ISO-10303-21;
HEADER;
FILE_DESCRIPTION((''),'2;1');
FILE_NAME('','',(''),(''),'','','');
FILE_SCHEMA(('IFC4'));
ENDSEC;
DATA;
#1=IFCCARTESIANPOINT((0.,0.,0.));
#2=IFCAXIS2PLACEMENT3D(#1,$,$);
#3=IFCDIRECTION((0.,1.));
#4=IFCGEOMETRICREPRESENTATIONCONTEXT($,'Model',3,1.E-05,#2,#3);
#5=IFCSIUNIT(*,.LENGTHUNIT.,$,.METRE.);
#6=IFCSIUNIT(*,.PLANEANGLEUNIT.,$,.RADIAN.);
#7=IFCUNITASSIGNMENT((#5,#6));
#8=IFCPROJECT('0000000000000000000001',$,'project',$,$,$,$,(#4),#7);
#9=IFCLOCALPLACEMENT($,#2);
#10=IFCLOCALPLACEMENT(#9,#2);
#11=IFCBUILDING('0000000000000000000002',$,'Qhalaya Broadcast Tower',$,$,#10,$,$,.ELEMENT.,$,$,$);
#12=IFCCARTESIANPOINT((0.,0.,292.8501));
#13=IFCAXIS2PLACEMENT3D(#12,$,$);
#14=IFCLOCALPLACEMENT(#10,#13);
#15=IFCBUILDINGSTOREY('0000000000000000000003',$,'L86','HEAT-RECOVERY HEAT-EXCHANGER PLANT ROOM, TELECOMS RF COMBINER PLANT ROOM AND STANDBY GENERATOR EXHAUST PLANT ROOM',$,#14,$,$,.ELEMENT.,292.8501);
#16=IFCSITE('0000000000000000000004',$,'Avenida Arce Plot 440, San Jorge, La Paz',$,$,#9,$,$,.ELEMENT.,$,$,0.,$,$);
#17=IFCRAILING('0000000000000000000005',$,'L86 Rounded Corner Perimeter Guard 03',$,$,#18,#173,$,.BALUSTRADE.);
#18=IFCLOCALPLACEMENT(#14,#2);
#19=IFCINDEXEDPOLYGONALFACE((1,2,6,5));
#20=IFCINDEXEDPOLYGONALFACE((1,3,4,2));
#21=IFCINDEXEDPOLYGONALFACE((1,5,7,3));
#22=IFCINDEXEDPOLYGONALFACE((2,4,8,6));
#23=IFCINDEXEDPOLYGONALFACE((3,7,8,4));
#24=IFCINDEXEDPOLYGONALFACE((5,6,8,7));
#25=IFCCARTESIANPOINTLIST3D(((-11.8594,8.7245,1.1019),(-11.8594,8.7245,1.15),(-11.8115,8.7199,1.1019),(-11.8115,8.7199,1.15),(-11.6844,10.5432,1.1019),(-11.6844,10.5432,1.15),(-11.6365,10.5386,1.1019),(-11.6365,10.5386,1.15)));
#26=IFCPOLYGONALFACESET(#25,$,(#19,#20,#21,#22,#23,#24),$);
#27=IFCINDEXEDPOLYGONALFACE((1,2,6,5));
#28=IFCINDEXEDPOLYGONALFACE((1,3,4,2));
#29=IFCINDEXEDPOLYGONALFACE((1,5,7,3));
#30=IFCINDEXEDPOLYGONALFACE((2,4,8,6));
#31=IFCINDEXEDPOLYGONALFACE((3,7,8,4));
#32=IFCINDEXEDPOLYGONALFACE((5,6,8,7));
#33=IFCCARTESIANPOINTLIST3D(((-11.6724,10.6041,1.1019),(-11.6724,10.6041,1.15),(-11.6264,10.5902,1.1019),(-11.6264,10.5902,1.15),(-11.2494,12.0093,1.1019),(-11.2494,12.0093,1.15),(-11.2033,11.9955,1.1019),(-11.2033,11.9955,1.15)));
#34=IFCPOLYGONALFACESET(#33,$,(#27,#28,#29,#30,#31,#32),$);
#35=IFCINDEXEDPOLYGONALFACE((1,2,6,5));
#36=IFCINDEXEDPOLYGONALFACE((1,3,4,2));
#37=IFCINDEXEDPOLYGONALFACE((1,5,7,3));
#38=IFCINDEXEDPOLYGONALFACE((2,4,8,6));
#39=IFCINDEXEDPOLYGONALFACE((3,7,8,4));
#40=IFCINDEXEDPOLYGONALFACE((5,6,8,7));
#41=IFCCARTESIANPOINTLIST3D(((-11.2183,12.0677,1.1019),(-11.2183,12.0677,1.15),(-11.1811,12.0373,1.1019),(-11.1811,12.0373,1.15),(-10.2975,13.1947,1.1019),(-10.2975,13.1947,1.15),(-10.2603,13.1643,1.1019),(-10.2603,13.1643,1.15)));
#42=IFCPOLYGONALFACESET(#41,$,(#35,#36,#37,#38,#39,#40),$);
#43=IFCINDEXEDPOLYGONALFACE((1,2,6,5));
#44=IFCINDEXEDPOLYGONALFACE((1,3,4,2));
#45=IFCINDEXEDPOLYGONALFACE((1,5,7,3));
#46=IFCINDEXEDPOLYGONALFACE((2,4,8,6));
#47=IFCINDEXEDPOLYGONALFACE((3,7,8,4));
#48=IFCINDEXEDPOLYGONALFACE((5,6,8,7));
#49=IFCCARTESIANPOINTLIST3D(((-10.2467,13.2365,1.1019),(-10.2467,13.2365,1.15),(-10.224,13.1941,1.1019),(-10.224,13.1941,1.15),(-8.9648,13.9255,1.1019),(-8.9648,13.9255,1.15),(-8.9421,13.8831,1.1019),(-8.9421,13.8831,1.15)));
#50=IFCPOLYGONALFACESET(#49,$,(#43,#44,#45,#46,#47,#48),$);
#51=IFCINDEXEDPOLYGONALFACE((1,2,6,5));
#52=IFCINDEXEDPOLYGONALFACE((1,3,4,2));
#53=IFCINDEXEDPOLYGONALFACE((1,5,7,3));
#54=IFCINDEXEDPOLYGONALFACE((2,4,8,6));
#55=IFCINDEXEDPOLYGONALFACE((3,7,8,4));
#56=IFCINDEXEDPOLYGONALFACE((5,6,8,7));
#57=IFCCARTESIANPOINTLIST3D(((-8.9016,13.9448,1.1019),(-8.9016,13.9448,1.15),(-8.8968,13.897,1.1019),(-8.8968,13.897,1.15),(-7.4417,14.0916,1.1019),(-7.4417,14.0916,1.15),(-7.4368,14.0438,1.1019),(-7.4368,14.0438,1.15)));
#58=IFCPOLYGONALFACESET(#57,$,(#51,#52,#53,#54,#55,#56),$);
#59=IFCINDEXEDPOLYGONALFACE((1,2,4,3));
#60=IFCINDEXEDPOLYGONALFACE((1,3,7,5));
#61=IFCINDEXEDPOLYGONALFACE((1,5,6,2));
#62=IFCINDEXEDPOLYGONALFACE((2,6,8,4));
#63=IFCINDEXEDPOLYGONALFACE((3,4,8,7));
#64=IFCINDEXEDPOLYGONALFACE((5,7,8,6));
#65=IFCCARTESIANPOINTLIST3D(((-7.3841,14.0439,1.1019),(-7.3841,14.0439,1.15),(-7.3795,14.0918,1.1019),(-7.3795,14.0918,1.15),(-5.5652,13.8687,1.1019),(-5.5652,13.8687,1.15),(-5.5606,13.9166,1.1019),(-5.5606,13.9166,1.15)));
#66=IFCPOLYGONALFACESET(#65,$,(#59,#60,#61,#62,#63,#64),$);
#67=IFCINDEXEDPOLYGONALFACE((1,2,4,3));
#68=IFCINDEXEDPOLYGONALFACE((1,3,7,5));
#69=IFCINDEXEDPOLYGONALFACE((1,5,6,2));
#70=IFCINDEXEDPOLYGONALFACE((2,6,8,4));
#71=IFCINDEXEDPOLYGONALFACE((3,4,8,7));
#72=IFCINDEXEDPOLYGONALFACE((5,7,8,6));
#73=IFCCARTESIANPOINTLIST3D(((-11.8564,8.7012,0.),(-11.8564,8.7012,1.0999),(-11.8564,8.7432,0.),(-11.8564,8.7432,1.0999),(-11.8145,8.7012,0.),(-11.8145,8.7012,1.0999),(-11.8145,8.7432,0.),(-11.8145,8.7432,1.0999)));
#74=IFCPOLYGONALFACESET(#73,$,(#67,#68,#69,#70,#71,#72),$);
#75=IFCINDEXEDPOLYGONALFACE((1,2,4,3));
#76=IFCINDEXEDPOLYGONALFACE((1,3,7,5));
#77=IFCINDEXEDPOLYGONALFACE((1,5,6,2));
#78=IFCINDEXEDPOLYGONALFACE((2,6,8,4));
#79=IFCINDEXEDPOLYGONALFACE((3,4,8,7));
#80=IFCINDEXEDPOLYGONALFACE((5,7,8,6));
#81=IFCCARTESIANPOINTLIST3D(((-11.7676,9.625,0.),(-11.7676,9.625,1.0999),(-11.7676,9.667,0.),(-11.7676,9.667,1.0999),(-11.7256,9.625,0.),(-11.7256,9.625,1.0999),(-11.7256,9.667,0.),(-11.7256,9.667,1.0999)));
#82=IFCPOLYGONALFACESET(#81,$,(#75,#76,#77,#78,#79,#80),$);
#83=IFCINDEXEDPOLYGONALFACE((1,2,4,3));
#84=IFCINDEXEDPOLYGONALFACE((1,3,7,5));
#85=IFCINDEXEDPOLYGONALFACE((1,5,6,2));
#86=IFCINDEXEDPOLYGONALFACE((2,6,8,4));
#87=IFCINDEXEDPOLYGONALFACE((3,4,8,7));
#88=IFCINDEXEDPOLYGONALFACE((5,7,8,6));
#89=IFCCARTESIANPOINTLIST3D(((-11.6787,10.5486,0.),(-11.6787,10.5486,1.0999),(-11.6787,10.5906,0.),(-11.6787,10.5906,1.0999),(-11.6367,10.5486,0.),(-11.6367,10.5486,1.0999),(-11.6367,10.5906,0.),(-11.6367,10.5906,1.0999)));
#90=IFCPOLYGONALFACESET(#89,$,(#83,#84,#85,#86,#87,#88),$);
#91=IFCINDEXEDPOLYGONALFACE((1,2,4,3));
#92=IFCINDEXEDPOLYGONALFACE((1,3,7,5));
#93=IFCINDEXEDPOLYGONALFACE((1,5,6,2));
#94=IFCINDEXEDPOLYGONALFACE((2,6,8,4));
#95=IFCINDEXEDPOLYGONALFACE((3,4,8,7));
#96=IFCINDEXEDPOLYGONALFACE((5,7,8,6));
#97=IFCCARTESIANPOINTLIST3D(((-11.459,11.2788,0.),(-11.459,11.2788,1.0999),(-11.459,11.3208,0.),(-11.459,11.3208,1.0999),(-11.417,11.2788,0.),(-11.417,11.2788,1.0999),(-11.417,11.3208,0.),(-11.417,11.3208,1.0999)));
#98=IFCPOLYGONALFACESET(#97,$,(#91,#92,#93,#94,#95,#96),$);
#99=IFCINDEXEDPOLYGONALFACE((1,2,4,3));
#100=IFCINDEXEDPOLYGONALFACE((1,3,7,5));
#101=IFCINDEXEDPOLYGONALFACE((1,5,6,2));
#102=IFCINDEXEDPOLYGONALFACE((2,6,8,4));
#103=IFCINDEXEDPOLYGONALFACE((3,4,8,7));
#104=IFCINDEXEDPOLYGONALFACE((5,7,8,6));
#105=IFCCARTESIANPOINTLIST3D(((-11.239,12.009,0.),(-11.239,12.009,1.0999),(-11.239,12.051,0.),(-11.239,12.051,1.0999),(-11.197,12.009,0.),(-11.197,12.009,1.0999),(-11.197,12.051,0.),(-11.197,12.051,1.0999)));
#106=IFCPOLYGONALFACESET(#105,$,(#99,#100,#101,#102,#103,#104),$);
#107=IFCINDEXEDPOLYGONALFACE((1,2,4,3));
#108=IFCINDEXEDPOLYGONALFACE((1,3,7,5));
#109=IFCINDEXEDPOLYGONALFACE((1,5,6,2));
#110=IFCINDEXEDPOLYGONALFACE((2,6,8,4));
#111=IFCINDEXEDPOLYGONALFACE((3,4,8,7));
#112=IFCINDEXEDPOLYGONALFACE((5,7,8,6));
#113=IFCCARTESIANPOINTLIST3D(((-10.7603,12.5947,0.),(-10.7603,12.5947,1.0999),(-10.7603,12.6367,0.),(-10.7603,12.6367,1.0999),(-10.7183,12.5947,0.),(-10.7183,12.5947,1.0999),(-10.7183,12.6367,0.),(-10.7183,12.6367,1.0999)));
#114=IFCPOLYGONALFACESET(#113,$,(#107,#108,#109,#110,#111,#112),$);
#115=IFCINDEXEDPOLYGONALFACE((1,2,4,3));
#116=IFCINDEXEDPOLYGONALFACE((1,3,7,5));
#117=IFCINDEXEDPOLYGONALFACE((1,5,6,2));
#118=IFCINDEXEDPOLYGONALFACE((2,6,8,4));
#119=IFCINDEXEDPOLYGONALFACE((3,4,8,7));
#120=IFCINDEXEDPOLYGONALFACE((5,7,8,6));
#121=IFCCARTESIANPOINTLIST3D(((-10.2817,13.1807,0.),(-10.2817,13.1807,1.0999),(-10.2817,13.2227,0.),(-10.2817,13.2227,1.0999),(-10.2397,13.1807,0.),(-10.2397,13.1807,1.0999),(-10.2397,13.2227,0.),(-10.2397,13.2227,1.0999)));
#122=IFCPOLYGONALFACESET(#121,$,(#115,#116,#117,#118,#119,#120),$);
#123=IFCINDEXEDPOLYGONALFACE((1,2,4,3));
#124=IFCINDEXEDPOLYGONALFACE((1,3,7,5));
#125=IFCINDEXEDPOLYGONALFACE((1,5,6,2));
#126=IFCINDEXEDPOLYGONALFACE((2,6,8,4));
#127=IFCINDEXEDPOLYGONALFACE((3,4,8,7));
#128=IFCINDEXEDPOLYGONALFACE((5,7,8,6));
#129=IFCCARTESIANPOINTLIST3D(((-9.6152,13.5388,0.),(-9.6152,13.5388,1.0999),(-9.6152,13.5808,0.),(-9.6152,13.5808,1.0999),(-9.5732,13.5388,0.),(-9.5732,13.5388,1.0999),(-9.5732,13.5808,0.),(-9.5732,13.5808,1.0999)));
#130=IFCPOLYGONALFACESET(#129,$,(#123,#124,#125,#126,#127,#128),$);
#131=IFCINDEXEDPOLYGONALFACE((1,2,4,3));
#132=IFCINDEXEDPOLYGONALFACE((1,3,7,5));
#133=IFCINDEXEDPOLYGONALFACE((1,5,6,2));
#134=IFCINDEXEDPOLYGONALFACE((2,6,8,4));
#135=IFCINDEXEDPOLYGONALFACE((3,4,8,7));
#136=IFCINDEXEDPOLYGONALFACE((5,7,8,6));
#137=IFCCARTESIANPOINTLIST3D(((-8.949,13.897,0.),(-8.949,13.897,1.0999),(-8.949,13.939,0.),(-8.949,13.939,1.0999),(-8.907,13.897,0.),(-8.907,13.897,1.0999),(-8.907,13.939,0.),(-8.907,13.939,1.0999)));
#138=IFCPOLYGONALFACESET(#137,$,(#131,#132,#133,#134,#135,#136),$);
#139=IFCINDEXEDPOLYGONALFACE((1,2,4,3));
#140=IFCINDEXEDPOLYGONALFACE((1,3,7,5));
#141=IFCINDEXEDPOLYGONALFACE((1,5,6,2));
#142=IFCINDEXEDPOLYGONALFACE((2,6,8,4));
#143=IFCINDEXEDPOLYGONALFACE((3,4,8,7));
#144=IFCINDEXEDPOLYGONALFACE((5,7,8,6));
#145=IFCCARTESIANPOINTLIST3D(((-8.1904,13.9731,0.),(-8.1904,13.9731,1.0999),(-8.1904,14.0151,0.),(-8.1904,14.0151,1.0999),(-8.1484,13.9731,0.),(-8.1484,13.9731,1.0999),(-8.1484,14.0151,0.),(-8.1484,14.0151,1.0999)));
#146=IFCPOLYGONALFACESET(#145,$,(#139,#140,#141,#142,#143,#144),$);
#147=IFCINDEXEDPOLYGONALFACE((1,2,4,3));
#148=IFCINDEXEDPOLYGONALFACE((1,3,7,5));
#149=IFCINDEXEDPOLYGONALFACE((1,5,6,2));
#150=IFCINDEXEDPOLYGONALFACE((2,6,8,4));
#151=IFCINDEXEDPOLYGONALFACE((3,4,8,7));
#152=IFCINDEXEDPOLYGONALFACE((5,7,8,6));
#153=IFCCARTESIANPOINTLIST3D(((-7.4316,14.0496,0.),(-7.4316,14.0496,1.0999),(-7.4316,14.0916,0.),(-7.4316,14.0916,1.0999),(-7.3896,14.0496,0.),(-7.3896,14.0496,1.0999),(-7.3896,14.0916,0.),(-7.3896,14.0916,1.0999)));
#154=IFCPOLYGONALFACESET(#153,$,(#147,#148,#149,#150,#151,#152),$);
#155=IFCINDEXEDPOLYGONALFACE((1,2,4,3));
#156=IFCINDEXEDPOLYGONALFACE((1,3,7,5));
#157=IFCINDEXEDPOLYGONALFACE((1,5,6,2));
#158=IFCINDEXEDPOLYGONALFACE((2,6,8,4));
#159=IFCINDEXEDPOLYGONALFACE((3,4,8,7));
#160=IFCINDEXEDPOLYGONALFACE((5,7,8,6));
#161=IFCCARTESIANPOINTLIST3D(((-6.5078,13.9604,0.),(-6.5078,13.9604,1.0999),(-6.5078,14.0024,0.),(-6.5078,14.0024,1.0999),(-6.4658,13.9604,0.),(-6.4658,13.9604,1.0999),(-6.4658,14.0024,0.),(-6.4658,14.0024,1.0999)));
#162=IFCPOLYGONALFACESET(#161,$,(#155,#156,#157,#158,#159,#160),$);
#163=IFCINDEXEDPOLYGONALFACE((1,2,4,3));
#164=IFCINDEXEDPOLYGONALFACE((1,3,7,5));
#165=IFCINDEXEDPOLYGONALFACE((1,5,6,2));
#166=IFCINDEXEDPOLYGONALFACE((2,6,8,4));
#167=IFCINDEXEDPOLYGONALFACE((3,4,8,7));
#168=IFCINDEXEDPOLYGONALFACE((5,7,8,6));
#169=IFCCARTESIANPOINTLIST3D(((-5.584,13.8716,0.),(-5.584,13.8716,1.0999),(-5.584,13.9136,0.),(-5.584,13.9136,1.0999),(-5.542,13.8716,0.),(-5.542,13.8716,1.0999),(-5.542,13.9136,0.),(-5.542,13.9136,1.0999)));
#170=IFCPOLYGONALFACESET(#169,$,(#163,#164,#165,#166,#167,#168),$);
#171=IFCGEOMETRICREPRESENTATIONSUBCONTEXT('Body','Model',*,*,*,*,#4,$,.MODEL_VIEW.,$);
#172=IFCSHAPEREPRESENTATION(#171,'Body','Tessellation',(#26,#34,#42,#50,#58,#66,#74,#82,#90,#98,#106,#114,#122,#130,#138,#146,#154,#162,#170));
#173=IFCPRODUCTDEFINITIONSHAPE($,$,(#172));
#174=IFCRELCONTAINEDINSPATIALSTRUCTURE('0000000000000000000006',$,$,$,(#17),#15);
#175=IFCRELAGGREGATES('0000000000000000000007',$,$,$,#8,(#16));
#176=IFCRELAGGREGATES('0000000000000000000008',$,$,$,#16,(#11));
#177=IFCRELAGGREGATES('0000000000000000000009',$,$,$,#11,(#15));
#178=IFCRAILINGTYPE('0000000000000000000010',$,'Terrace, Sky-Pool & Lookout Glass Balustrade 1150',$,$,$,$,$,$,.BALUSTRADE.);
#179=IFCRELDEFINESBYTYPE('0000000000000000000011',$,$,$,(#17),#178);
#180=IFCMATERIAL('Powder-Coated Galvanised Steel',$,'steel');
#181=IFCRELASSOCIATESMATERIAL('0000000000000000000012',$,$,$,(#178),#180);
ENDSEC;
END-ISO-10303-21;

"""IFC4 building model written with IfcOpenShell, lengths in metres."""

from ifc_helpers import new_model, si_unit, direction, frame, origin, origin_2d, place, context, subcontext, project, spatial, rectangle, extrude, material, type_object, element, save


model = new_model("IFC4")

# Units and contexts
model_context = context("Model", 3, precision=1e-05, world=origin(), true_north=direction((0.0, 1.0)))
body_context = subcontext(model_context, "Body", "Model", "MODEL_VIEW")
ifc_project = project(units=[si_unit("LENGTHUNIT", "METRE"), si_unit("PLANEANGLEUNIT", "RADIAN")], contexts=[model_context])

# Site, building, storey
site_placement = place(None, origin())
site = spatial("IfcSite", under=ifc_project, at=site_placement, Name="Avenida Arce Plot 440, San Jorge, La Paz", CompositionType="ELEMENT", RefElevation=0.0)
building_placement = place(site_placement, origin())
building = spatial("IfcBuilding", under=site, at=building_placement, Name="Qhalaya Broadcast Tower", CompositionType="ELEMENT")
storey_placement = place(building_placement, frame((0.0, 0.0, 292.8501)))
storey = spatial("IfcBuildingStorey", under=building, at=storey_placement, Name="L86", Description="HEAT-RECOVERY HEAT-EXCHANGER PLANT ROOM, TELECOMS RF COMBINER PLANT ROOM AND STANDBY GENERATOR EXHAUST PLANT ROOM", CompositionType="ELEMENT", Elevation=292.8501)

# Railing
ifc_material_1 = material(Name="Powder-Coated Galvanised Steel", Category="steel")
railing_type_1 = type_object("IfcRailingType", Name="Terrace, Sky-Pool & Lookout Glass Balustrade 1150", PredefinedType="BALUSTRADE", material=ifc_material_1)
railing_1_placement = place(storey_placement, frame((-11.8354, 8.7222, 0.0)))
element("IfcRailing", 1, at=railing_1_placement, inside=storey, type_object=railing_type_1, Name="L86 Rounded Corner Perimeter Guard 03", PredefinedType="BALUSTRADE", context=body_context, shape_type="SweptSolid", body=[
    extrude(rectangle(XDim=0.0481, YDim=0.0481, at=origin_2d()), frame((0.0, 0.0, 1.126), z_axis=(0.095765, 0.995404, 0.0), x_axis=(-0.995404, 0.095765, 0.0)), (0.0, 0.0, 1.0), 1.8271),
    extrude(rectangle(XDim=0.0481, YDim=0.0481, at=origin_2d()), frame((0.186, 1.875, 1.126), z_axis=(0.288288, 0.957544, 0.0), x_axis=(-0.957544, 0.288288, 0.0)), (0.0, 0.0, 1.0), 1.4675),
    extrude(rectangle(XDim=0.0481, YDim=0.0481, at=origin_2d()), frame((0.6357, 3.3303, 1.126), z_axis=(0.63271, 0.774388, 0.0), x_axis=(-0.774388, 0.63271, 0.0)), (0.0, 0.0, 1.0), 1.4553),
    extrude(rectangle(XDim=0.0481, YDim=0.0481, at=origin_2d()), frame((1.6001, 4.4932, 1.126), z_axis=(0.880839, 0.473417, 0.0), x_axis=(-0.473417, 0.880839, 0.0)), (0.0, 0.0, 1.0), 1.4553),
    extrude(rectangle(XDim=0.0481, YDim=0.0481, at=origin_2d()), frame((2.9363, 5.1987, 1.126), z_axis=(0.994982, 0.100058, 0.0), x_axis=(-0.100058, 0.994982, 0.0)), (0.0, 0.0, 1.0), 1.4673),
    extrude(rectangle(XDim=0.0481, YDim=0.0481, at=origin_2d()), frame((4.4536, 5.3457, 1.126), z_axis=(0.995393, -0.095883, 0.0), x_axis=(0.095883, 0.995393, 0.0)), (0.0, 0.0, 1.0), 1.8274),
    extrude(rectangle(XDim=0.042, YDim=0.042, at=origin_2d()), origin(), (0.0, 0.0, 1.0), 1.0999),
    extrude(rectangle(XDim=0.042, YDim=0.042, at=origin_2d()), frame((0.0889, 0.9238, 0.0)), (0.0, 0.0, 1.0), 1.0999),
    extrude(rectangle(XDim=0.042, YDim=0.042, at=origin_2d()), frame((0.1777, 1.8474, 0.0)), (0.0, 0.0, 1.0), 1.0999),
    extrude(rectangle(XDim=0.042, YDim=0.042, at=origin_2d()), frame((0.3975, 2.5776, 0.0)), (0.0, 0.0, 1.0), 1.0999),
    extrude(rectangle(XDim=0.042, YDim=0.042, at=origin_2d()), frame((0.6174, 3.3079, 0.0)), (0.0, 0.0, 1.0), 1.0999),
    extrude(rectangle(XDim=0.042, YDim=0.042, at=origin_2d()), frame((1.0962, 3.8936, 0.0)), (0.0, 0.0, 1.0), 1.0999),
    extrude(rectangle(XDim=0.042, YDim=0.042, at=origin_2d()), frame((1.5747, 4.4795, 0.0)), (0.0, 0.0, 1.0), 1.0999),
    extrude(rectangle(XDim=0.042, YDim=0.042, at=origin_2d()), frame((2.2412, 4.8376, 0.0)), (0.0, 0.0, 1.0), 1.0999),
    extrude(rectangle(XDim=0.042, YDim=0.042, at=origin_2d()), frame((2.9075, 5.1958, 0.0)), (0.0, 0.0, 1.0), 1.0999),
    extrude(rectangle(XDim=0.042, YDim=0.042, at=origin_2d()), frame((3.666, 5.272, 0.0)), (0.0, 0.0, 1.0), 1.0999),
    extrude(rectangle(XDim=0.042, YDim=0.042, at=origin_2d()), frame((4.4248, 5.3484, 0.0)), (0.0, 0.0, 1.0), 1.0999),
    extrude(rectangle(XDim=0.042, YDim=0.042, at=origin_2d()), frame((5.3486, 5.2593, 0.0)), (0.0, 0.0, 1.0), 1.0999),
    extrude(rectangle(XDim=0.042, YDim=0.042, at=origin_2d()), frame((6.2725, 5.1704, 0.0)), (0.0, 0.0, 1.0), 1.0999),
])

save(model, "model.ifc")
